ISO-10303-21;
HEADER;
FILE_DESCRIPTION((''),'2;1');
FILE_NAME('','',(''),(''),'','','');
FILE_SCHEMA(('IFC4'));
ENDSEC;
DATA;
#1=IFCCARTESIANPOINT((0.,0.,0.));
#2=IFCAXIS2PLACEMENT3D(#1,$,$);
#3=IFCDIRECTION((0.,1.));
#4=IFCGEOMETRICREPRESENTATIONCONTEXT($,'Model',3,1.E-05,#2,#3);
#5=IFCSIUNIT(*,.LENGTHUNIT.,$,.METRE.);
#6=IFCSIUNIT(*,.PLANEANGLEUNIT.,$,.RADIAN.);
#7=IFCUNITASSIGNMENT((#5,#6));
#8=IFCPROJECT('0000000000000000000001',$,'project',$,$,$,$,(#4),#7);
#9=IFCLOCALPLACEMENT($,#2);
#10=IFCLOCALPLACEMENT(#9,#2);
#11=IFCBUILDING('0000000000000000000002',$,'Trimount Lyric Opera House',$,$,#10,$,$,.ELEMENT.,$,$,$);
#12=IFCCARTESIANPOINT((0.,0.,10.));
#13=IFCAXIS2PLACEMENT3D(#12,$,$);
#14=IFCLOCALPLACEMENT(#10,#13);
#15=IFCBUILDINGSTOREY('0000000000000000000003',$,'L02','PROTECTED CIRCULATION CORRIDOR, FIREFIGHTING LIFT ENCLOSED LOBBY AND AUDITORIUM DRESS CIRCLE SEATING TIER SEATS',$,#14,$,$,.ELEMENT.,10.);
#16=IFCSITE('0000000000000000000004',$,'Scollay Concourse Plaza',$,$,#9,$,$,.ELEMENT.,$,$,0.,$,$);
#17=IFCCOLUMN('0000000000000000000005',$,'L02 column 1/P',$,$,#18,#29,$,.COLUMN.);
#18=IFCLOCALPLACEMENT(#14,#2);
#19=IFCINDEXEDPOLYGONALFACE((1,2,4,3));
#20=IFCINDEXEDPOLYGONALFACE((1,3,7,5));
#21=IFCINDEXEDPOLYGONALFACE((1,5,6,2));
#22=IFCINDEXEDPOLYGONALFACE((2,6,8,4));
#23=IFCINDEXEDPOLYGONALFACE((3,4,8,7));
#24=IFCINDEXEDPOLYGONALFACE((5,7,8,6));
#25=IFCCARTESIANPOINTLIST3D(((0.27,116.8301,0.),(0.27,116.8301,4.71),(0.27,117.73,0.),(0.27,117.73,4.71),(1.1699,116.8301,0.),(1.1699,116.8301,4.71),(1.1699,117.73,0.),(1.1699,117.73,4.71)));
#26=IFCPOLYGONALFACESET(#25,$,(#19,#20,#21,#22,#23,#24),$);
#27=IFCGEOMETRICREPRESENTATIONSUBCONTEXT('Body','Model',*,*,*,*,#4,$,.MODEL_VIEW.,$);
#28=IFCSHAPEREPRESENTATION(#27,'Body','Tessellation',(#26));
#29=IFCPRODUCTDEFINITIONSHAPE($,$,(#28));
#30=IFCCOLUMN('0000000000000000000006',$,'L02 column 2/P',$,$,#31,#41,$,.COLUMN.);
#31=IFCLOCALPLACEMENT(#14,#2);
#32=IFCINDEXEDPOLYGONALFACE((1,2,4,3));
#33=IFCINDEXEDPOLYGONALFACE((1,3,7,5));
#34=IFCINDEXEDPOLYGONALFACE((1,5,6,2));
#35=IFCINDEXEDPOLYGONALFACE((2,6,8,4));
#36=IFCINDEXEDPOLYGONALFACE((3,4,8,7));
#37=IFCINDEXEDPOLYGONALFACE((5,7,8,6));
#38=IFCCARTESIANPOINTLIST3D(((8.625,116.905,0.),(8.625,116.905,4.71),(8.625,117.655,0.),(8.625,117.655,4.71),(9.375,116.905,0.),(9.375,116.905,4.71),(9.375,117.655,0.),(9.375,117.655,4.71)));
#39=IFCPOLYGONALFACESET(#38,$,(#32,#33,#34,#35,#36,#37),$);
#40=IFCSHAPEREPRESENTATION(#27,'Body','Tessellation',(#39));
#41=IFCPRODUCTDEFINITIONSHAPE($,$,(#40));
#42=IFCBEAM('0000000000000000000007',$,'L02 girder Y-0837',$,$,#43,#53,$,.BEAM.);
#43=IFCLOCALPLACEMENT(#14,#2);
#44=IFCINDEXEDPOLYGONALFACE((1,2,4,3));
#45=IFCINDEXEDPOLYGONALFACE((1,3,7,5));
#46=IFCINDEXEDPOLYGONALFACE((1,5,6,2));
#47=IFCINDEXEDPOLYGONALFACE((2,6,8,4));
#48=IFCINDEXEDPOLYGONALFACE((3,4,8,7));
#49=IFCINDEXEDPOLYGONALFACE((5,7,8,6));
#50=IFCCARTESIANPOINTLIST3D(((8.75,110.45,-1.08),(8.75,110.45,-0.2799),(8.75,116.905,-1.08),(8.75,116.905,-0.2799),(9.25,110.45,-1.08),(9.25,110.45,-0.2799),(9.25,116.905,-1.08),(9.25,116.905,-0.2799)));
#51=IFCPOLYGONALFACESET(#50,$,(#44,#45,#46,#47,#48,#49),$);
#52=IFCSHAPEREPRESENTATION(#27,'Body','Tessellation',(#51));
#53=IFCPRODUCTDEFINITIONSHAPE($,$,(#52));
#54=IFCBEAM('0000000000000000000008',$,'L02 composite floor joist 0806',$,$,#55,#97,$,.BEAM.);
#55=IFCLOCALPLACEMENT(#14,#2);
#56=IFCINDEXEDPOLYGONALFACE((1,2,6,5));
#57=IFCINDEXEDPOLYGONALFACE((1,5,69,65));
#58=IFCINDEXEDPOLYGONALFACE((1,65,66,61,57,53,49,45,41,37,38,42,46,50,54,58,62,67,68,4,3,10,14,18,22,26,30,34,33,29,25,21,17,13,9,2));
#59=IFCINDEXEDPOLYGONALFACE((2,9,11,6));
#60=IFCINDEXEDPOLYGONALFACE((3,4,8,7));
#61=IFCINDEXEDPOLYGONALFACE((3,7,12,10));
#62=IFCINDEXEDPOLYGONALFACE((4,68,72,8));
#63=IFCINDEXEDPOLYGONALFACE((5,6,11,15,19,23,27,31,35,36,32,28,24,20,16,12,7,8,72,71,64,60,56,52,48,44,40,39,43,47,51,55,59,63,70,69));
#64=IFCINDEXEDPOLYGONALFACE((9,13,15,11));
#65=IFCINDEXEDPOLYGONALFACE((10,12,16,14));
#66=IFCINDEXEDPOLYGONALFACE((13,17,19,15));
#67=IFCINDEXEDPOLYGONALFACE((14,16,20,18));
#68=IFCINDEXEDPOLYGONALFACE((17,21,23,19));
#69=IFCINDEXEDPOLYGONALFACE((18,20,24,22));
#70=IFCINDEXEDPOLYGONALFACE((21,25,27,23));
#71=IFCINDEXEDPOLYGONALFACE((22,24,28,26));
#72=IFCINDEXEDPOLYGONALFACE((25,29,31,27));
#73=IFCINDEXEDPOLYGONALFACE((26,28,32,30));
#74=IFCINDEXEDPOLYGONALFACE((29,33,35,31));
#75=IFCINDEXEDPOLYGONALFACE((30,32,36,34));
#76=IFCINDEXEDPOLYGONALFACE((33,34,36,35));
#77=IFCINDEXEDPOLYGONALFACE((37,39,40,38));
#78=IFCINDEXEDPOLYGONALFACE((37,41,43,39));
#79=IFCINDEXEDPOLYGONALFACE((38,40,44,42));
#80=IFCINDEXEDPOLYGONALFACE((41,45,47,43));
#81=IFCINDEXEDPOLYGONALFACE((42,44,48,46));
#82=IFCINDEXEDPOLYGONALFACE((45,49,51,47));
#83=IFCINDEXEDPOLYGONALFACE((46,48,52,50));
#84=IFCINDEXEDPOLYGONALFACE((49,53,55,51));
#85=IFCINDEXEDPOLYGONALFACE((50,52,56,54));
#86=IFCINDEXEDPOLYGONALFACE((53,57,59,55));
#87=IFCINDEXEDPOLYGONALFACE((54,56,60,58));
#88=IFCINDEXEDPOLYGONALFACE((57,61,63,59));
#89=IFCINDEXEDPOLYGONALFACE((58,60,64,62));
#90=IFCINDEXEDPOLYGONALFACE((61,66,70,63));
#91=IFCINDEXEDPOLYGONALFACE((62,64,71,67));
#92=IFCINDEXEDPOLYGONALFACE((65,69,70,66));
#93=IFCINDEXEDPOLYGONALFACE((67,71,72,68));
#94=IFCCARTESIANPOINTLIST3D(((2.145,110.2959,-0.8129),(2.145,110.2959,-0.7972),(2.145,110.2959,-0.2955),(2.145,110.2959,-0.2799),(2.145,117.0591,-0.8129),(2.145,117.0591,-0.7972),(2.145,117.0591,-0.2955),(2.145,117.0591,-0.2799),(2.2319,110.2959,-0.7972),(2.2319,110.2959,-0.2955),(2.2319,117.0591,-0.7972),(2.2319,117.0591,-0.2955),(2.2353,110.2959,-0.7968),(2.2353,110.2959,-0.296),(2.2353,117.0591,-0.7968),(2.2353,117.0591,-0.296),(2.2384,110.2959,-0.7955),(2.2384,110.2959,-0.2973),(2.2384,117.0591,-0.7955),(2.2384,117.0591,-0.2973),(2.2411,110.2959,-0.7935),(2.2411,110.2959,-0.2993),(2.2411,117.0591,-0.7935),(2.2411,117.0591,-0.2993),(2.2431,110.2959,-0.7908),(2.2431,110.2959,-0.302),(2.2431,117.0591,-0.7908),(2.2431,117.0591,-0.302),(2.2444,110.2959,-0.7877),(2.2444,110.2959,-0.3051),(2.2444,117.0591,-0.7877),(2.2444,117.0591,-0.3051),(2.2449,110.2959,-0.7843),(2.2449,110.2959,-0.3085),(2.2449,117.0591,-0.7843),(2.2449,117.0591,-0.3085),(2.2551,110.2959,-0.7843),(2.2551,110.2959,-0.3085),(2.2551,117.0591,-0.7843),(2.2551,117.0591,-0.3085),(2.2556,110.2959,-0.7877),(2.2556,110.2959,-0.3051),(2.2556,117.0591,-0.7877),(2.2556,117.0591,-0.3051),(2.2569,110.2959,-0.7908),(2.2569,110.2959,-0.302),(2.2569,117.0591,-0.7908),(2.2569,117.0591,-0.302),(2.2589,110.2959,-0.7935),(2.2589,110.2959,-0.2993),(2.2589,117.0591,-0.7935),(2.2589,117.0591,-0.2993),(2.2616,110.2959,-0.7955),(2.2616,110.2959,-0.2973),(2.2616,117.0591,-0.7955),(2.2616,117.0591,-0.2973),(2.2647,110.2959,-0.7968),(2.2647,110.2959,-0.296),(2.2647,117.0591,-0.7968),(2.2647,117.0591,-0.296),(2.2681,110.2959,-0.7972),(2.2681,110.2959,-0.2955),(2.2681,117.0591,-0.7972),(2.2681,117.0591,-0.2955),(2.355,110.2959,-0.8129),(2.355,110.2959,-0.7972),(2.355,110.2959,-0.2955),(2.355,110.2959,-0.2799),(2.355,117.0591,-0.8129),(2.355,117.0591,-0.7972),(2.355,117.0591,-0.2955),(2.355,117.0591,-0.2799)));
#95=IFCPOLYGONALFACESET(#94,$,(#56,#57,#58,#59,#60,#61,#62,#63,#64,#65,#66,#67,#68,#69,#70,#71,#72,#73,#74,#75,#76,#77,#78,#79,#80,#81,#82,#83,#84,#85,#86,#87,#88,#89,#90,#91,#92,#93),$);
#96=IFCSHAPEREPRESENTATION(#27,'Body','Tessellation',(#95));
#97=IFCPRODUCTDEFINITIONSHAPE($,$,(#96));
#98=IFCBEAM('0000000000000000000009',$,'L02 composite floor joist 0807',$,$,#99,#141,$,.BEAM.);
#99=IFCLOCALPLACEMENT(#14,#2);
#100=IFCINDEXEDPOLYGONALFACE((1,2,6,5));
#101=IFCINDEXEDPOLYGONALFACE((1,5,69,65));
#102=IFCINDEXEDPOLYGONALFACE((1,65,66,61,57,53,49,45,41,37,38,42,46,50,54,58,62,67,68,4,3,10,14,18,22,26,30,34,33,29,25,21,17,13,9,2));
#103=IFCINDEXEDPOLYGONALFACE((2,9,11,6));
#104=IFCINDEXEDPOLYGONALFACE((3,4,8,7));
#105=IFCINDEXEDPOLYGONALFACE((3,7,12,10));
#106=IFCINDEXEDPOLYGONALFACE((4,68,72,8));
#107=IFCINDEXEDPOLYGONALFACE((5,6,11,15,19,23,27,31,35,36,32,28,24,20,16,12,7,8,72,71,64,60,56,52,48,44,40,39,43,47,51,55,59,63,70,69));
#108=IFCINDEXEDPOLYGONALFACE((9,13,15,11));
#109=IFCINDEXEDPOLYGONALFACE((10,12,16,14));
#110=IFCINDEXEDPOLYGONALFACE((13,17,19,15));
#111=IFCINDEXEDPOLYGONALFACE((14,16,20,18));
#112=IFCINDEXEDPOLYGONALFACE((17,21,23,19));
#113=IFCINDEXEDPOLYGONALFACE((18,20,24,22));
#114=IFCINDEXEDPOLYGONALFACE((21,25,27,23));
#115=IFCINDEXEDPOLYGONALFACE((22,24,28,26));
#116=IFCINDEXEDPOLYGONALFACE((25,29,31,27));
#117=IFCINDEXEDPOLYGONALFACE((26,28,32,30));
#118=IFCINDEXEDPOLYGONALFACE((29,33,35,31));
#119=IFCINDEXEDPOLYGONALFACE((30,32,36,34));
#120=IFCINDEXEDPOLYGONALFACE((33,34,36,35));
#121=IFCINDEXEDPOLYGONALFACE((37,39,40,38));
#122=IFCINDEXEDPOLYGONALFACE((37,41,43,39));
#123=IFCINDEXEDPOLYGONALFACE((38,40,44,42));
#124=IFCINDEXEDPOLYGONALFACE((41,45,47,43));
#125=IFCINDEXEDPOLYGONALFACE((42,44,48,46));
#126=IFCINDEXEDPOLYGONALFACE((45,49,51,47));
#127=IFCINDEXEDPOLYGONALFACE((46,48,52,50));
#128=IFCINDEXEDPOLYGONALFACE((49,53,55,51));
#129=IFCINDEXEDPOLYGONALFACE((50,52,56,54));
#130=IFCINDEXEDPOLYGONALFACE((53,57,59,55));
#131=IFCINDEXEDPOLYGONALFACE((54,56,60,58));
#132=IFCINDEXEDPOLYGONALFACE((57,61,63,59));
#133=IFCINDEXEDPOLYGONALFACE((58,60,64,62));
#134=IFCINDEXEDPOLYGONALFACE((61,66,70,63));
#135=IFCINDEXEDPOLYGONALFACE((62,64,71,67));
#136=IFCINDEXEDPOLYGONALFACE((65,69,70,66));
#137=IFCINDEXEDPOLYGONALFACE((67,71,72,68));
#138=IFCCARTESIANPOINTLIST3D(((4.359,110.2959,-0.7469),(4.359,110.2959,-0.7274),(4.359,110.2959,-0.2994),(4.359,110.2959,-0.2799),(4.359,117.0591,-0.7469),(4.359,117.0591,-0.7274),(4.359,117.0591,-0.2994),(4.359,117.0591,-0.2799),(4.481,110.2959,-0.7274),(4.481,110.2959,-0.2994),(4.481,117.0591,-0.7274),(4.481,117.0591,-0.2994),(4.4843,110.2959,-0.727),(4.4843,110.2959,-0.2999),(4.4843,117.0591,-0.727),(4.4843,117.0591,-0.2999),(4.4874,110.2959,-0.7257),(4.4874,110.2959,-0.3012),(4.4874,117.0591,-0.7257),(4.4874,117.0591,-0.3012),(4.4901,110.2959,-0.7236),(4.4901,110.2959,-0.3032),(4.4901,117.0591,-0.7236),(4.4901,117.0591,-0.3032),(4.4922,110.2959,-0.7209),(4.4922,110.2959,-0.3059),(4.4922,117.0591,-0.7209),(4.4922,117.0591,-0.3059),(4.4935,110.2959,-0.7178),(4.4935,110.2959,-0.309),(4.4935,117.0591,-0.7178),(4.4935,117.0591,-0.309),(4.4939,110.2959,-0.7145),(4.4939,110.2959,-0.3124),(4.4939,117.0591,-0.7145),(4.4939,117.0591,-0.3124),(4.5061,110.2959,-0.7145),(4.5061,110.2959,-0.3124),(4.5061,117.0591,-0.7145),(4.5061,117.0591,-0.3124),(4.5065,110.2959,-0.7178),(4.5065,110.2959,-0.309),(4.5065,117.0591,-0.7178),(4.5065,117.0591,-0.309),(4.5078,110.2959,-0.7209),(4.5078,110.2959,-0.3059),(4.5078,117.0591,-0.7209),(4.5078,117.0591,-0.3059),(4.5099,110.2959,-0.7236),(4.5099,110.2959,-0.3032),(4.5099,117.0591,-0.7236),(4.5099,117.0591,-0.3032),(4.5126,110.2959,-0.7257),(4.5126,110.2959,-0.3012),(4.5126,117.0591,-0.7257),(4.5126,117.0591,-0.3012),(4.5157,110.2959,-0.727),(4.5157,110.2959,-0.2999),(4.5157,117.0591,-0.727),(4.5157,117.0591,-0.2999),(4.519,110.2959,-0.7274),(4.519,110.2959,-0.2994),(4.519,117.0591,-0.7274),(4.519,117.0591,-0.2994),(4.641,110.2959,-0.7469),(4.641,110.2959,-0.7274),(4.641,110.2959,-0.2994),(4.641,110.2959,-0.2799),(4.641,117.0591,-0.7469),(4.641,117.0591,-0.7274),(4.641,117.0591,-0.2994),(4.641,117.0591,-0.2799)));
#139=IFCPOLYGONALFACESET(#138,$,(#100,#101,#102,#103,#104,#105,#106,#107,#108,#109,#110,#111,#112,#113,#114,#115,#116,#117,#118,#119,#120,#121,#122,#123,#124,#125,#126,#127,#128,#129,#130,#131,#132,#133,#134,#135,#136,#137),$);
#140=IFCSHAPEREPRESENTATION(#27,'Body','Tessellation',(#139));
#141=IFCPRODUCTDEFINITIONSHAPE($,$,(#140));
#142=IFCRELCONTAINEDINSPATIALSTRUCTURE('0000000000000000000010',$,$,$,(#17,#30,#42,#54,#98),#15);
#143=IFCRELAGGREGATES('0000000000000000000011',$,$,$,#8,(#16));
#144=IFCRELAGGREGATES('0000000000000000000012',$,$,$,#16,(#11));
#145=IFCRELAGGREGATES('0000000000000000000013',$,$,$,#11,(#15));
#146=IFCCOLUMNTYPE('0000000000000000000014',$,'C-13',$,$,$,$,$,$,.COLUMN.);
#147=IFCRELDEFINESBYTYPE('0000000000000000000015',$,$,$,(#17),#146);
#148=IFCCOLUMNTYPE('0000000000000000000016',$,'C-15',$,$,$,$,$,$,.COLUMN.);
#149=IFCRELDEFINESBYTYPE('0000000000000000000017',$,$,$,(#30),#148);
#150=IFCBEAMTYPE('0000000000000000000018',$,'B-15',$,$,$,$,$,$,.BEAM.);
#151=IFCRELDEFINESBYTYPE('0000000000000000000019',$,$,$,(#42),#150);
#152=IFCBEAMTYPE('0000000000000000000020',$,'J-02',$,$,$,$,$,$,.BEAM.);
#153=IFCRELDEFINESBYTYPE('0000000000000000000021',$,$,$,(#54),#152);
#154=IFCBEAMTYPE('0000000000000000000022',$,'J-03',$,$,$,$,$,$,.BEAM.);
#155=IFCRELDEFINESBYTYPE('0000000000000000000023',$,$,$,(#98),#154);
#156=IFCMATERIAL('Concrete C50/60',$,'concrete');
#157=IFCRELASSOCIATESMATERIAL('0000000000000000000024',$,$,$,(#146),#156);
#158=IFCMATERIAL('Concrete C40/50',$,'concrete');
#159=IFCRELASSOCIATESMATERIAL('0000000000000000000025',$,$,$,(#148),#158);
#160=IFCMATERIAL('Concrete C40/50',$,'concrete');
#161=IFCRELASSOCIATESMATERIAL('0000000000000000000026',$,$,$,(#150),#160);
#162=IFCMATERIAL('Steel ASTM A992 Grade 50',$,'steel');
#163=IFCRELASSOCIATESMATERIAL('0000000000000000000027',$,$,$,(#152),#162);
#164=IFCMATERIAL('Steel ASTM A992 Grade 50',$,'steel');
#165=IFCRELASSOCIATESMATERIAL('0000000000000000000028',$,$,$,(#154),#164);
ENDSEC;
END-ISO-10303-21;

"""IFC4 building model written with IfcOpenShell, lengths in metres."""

from ifc_helpers import new_model, si_unit, direction, frame, origin, origin_2d, place, context, subcontext, project, spatial, rectangle, i_section, extrude, material, material_profile, profile_set, type_object, element, save


model = new_model("IFC4")

# Units and contexts
model_context = context("Model", 3, precision=1e-05, world=origin(), true_north=direction((0.0, 1.0)))
body_context = subcontext(model_context, "Body", "Model", "MODEL_VIEW")
ifc_project = project(units=[si_unit("LENGTHUNIT", "METRE"), si_unit("PLANEANGLEUNIT", "RADIAN")], contexts=[model_context])

# Site, building, storey
site_placement = place(None, origin())
site = spatial("IfcSite", under=ifc_project, at=site_placement, Name="Scollay Concourse Plaza", CompositionType="ELEMENT", RefElevation=0.0)
building_placement = place(site_placement, origin())
building = spatial("IfcBuilding", under=site, at=building_placement, Name="Trimount Lyric Opera House", CompositionType="ELEMENT")
storey_placement = place(building_placement, frame((0.0, 0.0, 10.0)))
storey = spatial("IfcBuildingStorey", under=building, at=storey_placement, Name="L02", Description="PROTECTED CIRCULATION CORRIDOR, FIREFIGHTING LIFT ENCLOSED LOBBY AND AUDITORIUM DRESS CIRCLE SEATING TIER SEATS", CompositionType="ELEMENT", Elevation=10.0)

# Columns
ifc_material_1 = material(Name="Concrete C50/60", Category="concrete")
ifc_material_profile_1 = material_profile(ifc_material_1, rectangle(XDim=0.8999, YDim=0.8999, at=origin_2d()), Name="RC900X900")
ifc_profile_set_1 = profile_set([ifc_material_profile_1], Name="Concrete C50/60")
column_type_1 = type_object("IfcColumnType", Name="C-13", PredefinedType="COLUMN", material=ifc_profile_set_1)
column_1_placement = place(storey_placement, frame((0.72, 117.28, 0.0), z_axis=(0.0, 0.0, 1.0), x_axis=(1.0, 0.0, 0.0)))
element("IfcColumn", 1, at=column_1_placement, inside=storey, type_object=column_type_1, Name="L02 column 1/P", PredefinedType="COLUMN", context=body_context, shape_type="SweptSolid", body=[
    extrude(rectangle(XDim=0.8999, YDim=0.8999, at=origin_2d()), origin(), (0.0, 0.0, 1.0), 4.71),
])
ifc_material_2 = material(Name="Concrete C40/50", Category="concrete")
ifc_material_profile_2 = material_profile(ifc_material_2, rectangle(XDim=0.75, YDim=0.75, at=origin_2d()), Name="RC750X750")
ifc_profile_set_2 = profile_set([ifc_material_profile_2], Name="Concrete C40/50")
column_type_2 = type_object("IfcColumnType", Name="C-15", PredefinedType="COLUMN", material=ifc_profile_set_2)
column_2_placement = place(storey_placement, frame((9.0, 117.28, 0.0), z_axis=(0.0, 0.0, 1.0), x_axis=(1.0, 0.0, 0.0)))
element("IfcColumn", 2, at=column_2_placement, inside=storey, type_object=column_type_2, Name="L02 column 2/P", PredefinedType="COLUMN", context=body_context, shape_type="SweptSolid", body=[
    extrude(rectangle(XDim=0.75, YDim=0.75, at=origin_2d()), origin(), (0.0, 0.0, 1.0), 4.71),
])

# Beams
ifc_material_3 = material(Name="Concrete C40/50", Category="concrete")
ifc_material_profile_3 = material_profile(ifc_material_3, rectangle(XDim=0.5, YDim=0.8, at=origin_2d()), Name="RC500X800")
ifc_profile_set_3 = profile_set([ifc_material_profile_3], Name="Concrete C40/50")
beam_type_1 = type_object("IfcBeamType", Name="B-15", PredefinedType="BEAM", material=ifc_profile_set_3)
beam_1_placement = place(storey_placement, frame((9.0, 110.45, -0.6799), z_axis=(0.0, 1.0, 0.0), x_axis=(-1.0, 0.0, 0.0)))
element("IfcBeam", 3, at=beam_1_placement, inside=storey, type_object=beam_type_1, Name="L02 girder Y-0837", PredefinedType="BEAM", context=body_context, shape_type="SweptSolid", body=[
    extrude(rectangle(XDim=0.5, YDim=0.8, at=origin_2d()), origin(), (0.0, 0.0, 1.0), 6.4551),
])
ifc_material_4 = material(Name="Steel ASTM A992 Grade 50", Category="steel")
ifc_material_profile_4 = material_profile(ifc_material_4, i_section(OverallWidth=0.21, OverallDepth=0.533, WebThickness=0.0103, FlangeThickness=0.0156, FilletRadius=0.0129, at=origin_2d()), Name="W21X62")
ifc_profile_set_4 = profile_set([ifc_material_profile_4], Name="Steel ASTM A992 Grade 50")
beam_type_2 = type_object("IfcBeamType", Name="J-02", PredefinedType="BEAM", material=ifc_profile_set_4)
beam_2_placement = place(storey_placement, frame((2.25, 110.2959, -0.5464), z_axis=(0.0, 1.0, 0.0), x_axis=(-1.0, 0.0, 0.0)))
element("IfcBeam", 4, at=beam_2_placement, inside=storey, type_object=beam_type_2, Name="L02 composite floor joist 0806", PredefinedType="BEAM", context=body_context, shape_type="SweptSolid", body=[
    extrude(i_section(OverallWidth=0.21, OverallDepth=0.533, WebThickness=0.0103, FlangeThickness=0.0156, FilletRadius=0.0129, at=origin_2d()), origin(), (0.0, 0.0, 1.0), 6.7632),
])
ifc_material_5 = material(Name="Steel ASTM A992 Grade 50", Category="steel")
ifc_material_profile_5 = material_profile(ifc_material_5, i_section(OverallWidth=0.282, OverallDepth=0.467, WebThickness=0.0122, FlangeThickness=0.0195, FilletRadius=0.0129, at=origin_2d()), Name="W18X86")
ifc_profile_set_5 = profile_set([ifc_material_profile_5], Name="Steel ASTM A992 Grade 50")
beam_type_3 = type_object("IfcBeamType", Name="J-03", PredefinedType="BEAM", material=ifc_profile_set_5)
beam_3_placement = place(storey_placement, frame((4.5, 110.2959, -0.5134), z_axis=(0.0, 1.0, 0.0), x_axis=(-1.0, 0.0, 0.0)))
element("IfcBeam", 5, at=beam_3_placement, inside=storey, type_object=beam_type_3, Name="L02 composite floor joist 0807", PredefinedType="BEAM", context=body_context, shape_type="SweptSolid", body=[
    extrude(i_section(OverallWidth=0.282, OverallDepth=0.467, WebThickness=0.0122, FlangeThickness=0.0195, FilletRadius=0.0129, at=origin_2d()), origin(), (0.0, 0.0, 1.0), 6.7632),
])

save(model, "model.ifc")
